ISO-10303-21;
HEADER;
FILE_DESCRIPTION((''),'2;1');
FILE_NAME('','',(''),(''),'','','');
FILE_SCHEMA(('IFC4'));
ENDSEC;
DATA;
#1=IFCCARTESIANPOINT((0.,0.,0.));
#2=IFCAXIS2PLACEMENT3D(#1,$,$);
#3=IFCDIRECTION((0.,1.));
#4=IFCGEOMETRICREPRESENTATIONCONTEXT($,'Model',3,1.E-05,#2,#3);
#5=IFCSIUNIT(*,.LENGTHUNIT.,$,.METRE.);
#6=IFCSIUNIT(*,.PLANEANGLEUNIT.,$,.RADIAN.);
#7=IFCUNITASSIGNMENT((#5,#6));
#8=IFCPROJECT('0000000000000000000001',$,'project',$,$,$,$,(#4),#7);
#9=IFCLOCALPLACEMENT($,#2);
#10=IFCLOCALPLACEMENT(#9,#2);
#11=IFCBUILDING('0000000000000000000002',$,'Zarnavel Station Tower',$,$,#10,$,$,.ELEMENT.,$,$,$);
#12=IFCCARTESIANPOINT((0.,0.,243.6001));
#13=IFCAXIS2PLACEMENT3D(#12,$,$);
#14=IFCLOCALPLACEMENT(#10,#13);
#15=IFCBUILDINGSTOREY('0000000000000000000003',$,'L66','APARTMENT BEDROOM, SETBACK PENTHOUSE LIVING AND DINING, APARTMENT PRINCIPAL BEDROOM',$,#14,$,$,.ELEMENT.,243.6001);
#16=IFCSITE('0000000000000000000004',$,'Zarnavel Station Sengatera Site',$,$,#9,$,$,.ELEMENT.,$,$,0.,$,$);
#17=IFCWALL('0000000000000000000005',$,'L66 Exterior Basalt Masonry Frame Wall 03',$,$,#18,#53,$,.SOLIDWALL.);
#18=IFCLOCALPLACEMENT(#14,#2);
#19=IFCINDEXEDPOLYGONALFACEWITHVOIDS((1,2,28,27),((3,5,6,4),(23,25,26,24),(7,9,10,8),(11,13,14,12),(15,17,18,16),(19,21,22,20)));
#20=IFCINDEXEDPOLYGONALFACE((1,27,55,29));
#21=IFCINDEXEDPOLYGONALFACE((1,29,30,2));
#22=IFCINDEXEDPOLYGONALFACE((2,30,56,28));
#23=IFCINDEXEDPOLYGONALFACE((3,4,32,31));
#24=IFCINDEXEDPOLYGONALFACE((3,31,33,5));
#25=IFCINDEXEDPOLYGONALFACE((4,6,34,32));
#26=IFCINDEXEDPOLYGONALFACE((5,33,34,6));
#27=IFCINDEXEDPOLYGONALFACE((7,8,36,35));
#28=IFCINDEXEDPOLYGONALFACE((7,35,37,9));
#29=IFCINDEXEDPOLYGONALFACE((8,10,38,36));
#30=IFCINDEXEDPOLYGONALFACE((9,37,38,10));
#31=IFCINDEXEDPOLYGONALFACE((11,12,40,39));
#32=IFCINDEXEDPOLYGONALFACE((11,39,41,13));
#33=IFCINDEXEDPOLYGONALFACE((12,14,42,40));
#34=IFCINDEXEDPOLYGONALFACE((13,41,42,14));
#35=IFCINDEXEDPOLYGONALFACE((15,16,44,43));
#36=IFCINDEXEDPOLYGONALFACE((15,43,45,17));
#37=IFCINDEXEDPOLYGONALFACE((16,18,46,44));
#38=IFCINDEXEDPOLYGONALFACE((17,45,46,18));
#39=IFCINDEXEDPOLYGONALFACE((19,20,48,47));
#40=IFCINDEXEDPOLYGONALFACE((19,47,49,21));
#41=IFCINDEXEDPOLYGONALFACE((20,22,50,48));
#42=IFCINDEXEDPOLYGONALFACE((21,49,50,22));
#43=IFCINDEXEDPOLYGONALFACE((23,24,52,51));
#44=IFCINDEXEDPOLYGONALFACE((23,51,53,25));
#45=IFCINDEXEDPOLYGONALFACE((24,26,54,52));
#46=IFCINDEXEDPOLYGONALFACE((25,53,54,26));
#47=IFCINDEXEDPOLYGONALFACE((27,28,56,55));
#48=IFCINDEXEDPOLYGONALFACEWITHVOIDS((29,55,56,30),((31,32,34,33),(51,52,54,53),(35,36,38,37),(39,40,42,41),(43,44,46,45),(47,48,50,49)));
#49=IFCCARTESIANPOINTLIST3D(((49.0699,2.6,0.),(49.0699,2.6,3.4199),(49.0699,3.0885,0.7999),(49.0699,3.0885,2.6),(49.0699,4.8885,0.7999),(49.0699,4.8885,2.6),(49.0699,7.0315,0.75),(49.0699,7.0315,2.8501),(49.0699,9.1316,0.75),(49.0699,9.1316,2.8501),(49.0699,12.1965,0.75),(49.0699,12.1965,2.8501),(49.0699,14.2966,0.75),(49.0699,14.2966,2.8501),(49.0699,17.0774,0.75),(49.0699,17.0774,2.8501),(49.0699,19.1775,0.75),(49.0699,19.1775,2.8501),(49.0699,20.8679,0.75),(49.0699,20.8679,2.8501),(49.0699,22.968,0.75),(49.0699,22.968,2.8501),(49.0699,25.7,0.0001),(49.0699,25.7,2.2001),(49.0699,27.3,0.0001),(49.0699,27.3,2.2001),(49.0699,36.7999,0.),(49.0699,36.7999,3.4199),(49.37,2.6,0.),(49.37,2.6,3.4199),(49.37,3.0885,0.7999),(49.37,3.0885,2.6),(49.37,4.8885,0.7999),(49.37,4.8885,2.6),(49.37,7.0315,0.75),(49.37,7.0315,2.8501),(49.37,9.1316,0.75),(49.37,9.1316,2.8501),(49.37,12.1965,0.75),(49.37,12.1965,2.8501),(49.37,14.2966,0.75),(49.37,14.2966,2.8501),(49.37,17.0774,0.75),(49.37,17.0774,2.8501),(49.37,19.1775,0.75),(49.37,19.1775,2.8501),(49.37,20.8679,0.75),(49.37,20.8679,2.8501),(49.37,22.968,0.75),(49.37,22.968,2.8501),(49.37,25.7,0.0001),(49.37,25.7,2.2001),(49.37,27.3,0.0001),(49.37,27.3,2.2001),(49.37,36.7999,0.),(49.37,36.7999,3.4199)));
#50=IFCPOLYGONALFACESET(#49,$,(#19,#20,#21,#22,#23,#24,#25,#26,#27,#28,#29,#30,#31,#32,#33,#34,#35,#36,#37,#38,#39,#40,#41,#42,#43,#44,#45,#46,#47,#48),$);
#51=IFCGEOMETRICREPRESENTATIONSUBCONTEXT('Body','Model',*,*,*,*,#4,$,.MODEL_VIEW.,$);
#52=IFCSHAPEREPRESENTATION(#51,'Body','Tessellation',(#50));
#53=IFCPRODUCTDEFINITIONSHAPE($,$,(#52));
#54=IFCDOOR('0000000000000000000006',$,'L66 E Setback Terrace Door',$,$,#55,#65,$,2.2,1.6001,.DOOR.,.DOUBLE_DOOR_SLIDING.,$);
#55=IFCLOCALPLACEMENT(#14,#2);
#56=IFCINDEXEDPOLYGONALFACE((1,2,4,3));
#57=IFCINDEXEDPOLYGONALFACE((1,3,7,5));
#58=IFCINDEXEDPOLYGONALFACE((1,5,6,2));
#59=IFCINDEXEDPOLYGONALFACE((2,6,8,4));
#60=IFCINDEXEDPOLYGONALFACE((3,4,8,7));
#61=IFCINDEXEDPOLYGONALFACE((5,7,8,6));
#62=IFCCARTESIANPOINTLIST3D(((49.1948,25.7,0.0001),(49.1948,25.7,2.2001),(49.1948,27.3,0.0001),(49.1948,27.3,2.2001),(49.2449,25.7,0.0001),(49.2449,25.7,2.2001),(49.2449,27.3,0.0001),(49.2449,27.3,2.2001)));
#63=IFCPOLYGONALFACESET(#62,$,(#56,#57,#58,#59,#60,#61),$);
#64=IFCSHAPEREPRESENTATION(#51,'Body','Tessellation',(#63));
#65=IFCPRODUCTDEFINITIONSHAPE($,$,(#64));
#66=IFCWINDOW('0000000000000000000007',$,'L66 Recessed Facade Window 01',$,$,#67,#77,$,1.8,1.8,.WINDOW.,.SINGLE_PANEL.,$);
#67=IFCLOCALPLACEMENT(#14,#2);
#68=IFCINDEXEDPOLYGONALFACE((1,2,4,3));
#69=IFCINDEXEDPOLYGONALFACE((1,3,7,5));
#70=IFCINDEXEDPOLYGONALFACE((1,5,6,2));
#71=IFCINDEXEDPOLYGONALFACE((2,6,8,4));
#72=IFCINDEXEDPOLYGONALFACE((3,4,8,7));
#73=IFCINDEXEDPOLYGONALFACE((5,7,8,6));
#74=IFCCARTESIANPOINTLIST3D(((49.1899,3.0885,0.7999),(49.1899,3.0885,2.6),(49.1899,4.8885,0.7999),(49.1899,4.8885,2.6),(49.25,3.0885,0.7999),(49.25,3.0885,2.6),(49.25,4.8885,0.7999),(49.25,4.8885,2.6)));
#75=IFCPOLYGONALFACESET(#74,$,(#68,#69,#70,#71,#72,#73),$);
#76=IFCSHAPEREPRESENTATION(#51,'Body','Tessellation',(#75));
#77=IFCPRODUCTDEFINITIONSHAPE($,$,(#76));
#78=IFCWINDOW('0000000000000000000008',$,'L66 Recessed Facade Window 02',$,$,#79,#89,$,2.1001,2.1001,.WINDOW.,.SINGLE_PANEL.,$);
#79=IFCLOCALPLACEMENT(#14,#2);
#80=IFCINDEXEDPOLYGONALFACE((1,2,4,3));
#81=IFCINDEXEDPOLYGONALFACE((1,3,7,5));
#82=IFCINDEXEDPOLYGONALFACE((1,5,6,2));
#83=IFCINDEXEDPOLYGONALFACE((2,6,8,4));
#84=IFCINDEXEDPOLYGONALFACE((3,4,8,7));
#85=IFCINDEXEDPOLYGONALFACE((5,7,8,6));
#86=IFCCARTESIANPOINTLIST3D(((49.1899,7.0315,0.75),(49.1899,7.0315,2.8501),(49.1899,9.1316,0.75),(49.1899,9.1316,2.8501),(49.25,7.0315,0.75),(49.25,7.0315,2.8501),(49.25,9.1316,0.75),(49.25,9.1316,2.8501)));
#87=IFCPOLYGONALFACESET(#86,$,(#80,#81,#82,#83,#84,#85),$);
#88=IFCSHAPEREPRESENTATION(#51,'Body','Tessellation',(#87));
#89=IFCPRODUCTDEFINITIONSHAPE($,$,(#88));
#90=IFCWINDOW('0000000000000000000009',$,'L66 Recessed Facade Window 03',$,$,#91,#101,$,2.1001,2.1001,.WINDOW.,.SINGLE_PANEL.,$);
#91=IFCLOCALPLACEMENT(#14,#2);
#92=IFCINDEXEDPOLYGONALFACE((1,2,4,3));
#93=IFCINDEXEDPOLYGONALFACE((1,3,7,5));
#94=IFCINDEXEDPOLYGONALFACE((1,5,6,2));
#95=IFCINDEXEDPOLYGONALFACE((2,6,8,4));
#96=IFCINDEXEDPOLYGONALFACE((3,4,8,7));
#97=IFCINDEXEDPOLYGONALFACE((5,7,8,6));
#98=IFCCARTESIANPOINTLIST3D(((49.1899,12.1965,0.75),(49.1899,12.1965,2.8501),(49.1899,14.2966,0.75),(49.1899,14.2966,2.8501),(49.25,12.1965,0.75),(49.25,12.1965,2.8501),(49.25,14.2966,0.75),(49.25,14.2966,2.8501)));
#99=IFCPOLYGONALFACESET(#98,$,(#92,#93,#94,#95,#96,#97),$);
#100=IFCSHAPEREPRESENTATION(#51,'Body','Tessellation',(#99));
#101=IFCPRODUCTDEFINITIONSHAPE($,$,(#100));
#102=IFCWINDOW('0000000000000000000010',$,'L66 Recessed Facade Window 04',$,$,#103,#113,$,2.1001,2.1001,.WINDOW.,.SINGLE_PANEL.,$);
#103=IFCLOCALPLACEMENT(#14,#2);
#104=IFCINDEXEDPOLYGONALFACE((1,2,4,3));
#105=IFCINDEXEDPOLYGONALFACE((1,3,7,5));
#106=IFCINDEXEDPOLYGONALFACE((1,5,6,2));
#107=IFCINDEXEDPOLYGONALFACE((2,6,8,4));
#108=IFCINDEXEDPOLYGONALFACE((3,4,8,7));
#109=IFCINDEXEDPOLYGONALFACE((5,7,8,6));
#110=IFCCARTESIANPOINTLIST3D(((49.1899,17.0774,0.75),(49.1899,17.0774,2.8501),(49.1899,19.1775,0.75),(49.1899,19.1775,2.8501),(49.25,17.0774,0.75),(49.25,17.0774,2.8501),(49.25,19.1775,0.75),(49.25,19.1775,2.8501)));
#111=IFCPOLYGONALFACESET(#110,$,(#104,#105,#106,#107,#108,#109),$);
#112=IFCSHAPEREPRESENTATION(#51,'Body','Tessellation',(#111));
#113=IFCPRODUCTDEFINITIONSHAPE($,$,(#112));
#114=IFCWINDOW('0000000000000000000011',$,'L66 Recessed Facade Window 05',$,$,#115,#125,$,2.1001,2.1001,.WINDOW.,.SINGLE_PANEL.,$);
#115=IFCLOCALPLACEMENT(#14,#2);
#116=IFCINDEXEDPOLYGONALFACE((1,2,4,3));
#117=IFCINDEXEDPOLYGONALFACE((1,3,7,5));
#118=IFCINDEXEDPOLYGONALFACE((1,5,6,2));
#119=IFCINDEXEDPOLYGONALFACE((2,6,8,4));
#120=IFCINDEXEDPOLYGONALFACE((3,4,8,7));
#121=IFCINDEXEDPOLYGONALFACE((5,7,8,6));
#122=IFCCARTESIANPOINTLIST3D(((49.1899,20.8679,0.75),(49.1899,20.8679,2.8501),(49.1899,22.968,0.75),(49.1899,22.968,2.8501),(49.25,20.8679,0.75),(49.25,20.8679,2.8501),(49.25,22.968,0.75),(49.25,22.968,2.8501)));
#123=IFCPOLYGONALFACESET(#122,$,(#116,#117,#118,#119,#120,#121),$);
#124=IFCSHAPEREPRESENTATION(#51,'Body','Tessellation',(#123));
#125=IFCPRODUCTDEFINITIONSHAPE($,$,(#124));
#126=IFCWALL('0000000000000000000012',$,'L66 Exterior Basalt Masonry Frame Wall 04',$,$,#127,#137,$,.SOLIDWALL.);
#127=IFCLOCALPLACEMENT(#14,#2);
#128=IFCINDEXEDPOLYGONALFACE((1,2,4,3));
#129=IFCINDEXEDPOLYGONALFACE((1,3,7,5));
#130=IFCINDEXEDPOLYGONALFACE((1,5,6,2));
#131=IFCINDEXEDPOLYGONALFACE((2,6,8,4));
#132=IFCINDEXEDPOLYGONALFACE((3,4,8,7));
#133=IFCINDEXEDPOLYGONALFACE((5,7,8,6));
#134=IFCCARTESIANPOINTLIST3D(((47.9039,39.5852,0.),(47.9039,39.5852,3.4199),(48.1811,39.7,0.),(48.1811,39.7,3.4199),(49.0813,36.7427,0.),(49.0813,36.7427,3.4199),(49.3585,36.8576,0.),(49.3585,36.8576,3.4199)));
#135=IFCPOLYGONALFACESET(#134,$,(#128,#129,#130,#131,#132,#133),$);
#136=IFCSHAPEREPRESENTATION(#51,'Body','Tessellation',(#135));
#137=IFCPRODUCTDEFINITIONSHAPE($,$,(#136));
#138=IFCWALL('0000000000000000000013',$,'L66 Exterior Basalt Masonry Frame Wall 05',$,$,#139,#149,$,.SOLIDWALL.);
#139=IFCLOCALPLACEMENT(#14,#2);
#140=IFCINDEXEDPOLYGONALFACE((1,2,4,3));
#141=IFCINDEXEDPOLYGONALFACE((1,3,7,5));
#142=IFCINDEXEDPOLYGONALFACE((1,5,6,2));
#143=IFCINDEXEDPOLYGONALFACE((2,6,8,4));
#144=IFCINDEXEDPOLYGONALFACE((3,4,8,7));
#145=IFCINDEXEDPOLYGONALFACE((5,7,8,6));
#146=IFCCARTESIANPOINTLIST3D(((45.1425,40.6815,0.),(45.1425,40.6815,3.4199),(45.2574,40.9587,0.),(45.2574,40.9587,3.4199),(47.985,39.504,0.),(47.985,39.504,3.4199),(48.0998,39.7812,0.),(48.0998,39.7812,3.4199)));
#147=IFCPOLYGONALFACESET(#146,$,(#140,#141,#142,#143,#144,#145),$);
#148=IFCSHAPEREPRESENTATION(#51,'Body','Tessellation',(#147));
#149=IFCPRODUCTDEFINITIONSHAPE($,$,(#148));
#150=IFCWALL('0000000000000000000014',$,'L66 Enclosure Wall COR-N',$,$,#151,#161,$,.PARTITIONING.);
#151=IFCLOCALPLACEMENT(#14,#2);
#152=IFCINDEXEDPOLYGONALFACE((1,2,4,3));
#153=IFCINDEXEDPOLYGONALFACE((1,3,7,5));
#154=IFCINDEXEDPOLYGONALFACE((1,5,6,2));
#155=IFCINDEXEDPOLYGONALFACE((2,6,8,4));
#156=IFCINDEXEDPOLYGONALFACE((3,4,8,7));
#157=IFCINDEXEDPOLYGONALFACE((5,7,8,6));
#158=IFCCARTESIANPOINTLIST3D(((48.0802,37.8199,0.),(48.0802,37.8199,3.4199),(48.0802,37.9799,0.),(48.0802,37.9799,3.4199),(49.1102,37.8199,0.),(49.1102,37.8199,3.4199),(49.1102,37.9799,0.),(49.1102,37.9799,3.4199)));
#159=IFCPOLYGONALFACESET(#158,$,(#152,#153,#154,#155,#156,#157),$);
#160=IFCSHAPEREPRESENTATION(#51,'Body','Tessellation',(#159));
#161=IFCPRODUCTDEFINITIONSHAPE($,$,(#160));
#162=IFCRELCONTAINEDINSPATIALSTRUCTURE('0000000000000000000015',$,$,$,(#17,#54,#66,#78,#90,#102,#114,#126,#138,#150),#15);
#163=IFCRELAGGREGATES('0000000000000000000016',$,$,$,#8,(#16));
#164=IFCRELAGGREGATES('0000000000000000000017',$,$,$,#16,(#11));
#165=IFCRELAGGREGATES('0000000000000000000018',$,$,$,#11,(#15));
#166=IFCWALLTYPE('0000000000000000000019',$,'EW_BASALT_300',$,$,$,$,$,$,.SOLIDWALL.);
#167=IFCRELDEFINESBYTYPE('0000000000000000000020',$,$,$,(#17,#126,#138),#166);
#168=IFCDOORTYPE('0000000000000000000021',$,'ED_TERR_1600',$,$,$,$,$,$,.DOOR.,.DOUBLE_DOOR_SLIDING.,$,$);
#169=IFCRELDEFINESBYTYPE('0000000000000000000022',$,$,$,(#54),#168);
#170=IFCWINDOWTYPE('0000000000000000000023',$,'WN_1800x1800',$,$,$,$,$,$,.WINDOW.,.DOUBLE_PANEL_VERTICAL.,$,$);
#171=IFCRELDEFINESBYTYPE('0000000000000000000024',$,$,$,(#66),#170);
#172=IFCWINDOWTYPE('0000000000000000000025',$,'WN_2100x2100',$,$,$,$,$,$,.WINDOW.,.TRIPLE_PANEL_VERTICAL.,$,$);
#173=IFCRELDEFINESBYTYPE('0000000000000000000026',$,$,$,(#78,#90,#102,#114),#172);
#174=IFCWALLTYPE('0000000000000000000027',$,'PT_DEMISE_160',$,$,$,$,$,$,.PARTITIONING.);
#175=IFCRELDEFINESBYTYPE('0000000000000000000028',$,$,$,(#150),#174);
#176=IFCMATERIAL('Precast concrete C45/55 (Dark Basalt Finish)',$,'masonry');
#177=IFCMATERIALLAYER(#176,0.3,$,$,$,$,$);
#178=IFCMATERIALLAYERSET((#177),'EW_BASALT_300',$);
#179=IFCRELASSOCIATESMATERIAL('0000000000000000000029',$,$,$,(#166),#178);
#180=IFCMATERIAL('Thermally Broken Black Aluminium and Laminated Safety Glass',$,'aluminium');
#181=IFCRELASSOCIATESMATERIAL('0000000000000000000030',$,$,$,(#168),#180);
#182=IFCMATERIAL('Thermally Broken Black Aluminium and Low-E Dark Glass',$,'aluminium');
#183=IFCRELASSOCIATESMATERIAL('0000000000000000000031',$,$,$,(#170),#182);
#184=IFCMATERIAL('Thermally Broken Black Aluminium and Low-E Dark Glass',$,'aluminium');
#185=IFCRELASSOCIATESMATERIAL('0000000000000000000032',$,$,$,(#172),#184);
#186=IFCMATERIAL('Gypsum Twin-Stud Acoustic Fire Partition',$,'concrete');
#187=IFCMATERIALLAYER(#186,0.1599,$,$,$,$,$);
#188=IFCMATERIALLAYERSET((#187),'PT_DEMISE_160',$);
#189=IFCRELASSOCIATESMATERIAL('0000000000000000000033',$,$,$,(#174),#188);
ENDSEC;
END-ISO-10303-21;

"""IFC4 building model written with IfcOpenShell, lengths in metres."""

from ifc_helpers import new_model, si_unit, direction, frame, frame_2d, origin, place, context, subcontext, project, spatial, rectangle, extrude, material, layer, layer_set, type_object, element, fill, save


model = new_model("IFC4")

# Units and contexts
model_context = context("Model", 3, precision=1e-05, world=origin(), true_north=direction((0.0, 1.0)))
body_context = subcontext(model_context, "Body", "Model", "MODEL_VIEW")
ifc_project = project(units=[si_unit("LENGTHUNIT", "METRE"), si_unit("PLANEANGLEUNIT", "RADIAN")], contexts=[model_context])

# Site, building, storey
site_placement = place(None, origin())
site = spatial("IfcSite", under=ifc_project, at=site_placement, Name="Zarnavel Station Sengatera Site", CompositionType="ELEMENT", RefElevation=0.0)
building_placement = place(site_placement, origin())
building = spatial("IfcBuilding", under=site, at=building_placement, Name="Zarnavel Station Tower", CompositionType="ELEMENT")
storey_placement = place(building_placement, frame((0.0, 0.0, 243.6001)))
storey = spatial("IfcBuildingStorey", under=building, at=storey_placement, Name="L66", Description="APARTMENT BEDROOM, SETBACK PENTHOUSE LIVING AND DINING, APARTMENT PRINCIPAL BEDROOM", CompositionType="ELEMENT", Elevation=243.6001)

# Wall, openings, door, windows
ifc_material_1 = material(Name="Precast concrete C45/55 (Dark Basalt Finish)", Category="masonry")
ifc_layer_1 = layer(ifc_material_1, 0.3)
ifc_layer_set_1 = layer_set([ifc_layer_1], Name="EW_BASALT_300")
wall_type_1 = type_object("IfcWallType", Name="EW_BASALT_300", PredefinedType="SOLIDWALL", material=ifc_layer_set_1)
wall_1_placement = place(storey_placement, frame((49.22, 36.8, 0.0), z_axis=(0.0, 0.0, 1.0), x_axis=(0.0, -1.0, 0.0)))
wall_1 = element("IfcWall", 1, at=wall_1_placement, inside=storey, type_object=wall_type_1, Name="L66 Exterior Basalt Masonry Frame Wall 03", PredefinedType="SOLIDWALL", context=body_context, shape_type="SweptSolid", body=[
    extrude(rectangle(XDim=34.2, YDim=0.3, at=frame_2d((17.1001, 0.0))), origin(), (0.0, 0.0, 1.0), 3.4199),
])
opening_1_placement = place(wall_1_placement, frame((9.5, 0.0, 0.0)))
opening_1 = element("IfcOpeningElement", 2, at=opening_1_placement, cuts=wall_1, PredefinedType="OPENING", context=body_context, shape_type="SweptSolid", body=[
    extrude(rectangle(XDim=1.6001, YDim=2.2, at=frame_2d((0.8, 1.1001))), frame((0.0, 0.1599, 0.0), z_axis=(0.0, -1.0, 0.0), x_axis=(1.0, 0.0, 0.0)), (0.0, 0.0, 1.0), 0.3201),
])
opening_2_placement = place(wall_1_placement, frame((31.9116, 0.0, 0.8)))
opening_2 = element("IfcOpeningElement", 3, at=opening_2_placement, cuts=wall_1, PredefinedType="OPENING", context=body_context, shape_type="SweptSolid", body=[
    extrude(rectangle(XDim=1.8, YDim=1.8, at=frame_2d((0.8999, 0.8999))), frame((0.0, 0.1599, 0.0), z_axis=(0.0, -1.0, 0.0), x_axis=(1.0, 0.0, 0.0)), (0.0, 0.0, 1.0), 0.3201),
])
opening_3_placement = place(wall_1_placement, frame((27.6685, 0.0, 0.75)))
opening_3 = element("IfcOpeningElement", 4, at=opening_3_placement, cuts=wall_1, PredefinedType="OPENING", context=body_context, shape_type="SweptSolid", body=[
    extrude(rectangle(XDim=2.1001, YDim=2.1001, at=frame_2d((1.05, 1.05))), frame((0.0, 0.1599, 0.0), z_axis=(0.0, -1.0, 0.0), x_axis=(1.0, 0.0, 0.0)), (0.0, 0.0, 1.0), 0.3201),
])
opening_4_placement = place(wall_1_placement, frame((22.5034, 0.0, 0.75)))
opening_4 = element("IfcOpeningElement", 5, at=opening_4_placement, cuts=wall_1, PredefinedType="OPENING", context=body_context, shape_type="SweptSolid", body=[
    extrude(rectangle(XDim=2.1001, YDim=2.1001, at=frame_2d((1.05, 1.05))), frame((0.0, 0.1599, 0.0), z_axis=(0.0, -1.0, 0.0), x_axis=(1.0, 0.0, 0.0)), (0.0, 0.0, 1.0), 0.3201),
])
opening_5_placement = place(wall_1_placement, frame((17.6226, 0.0, 0.75)))
opening_5 = element("IfcOpeningElement", 6, at=opening_5_placement, cuts=wall_1, PredefinedType="OPENING", context=body_context, shape_type="SweptSolid", body=[
    extrude(rectangle(XDim=2.1001, YDim=2.1001, at=frame_2d((1.05, 1.05))), frame((0.0, 0.1599, 0.0), z_axis=(0.0, -1.0, 0.0), x_axis=(1.0, 0.0, 0.0)), (0.0, 0.0, 1.0), 0.3201),
])
opening_6_placement = place(wall_1_placement, frame((13.832, 0.0, 0.75)))
opening_6 = element("IfcOpeningElement", 7, at=opening_6_placement, cuts=wall_1, PredefinedType="OPENING", context=body_context, shape_type="SweptSolid", body=[
    extrude(rectangle(XDim=2.1001, YDim=2.1001, at=frame_2d((1.05, 1.05))), frame((0.0, 0.1599, 0.0), z_axis=(0.0, -1.0, 0.0), x_axis=(1.0, 0.0, 0.0)), (0.0, 0.0, 1.0), 0.3201),
])
ifc_material_2 = material(Name="Thermally Broken Black Aluminium and Laminated Safety Glass", Category="aluminium")
door_type_1 = type_object("IfcDoorType", Name="ED_TERR_1600", OperationType="DOUBLE_DOOR_SLIDING", PredefinedType="DOOR", material=ifc_material_2)
door_1_placement = place(opening_1_placement, origin())
door_1 = element("IfcDoor", 8, at=door_1_placement, inside=storey, type_object=door_type_1, Name="L66 E Setback Terrace Door", OperationType="DOUBLE_DOOR_SLIDING", OverallHeight=2.2, OverallWidth=1.6001, PredefinedType="DOOR", context=body_context, shape_type="SweptSolid", body=[
    extrude(rectangle(XDim=1.6001, YDim=2.2, at=frame_2d((0.8, 1.1001))), frame((0.0, 0.0249, 0.0), z_axis=(0.0, -1.0, 0.0), x_axis=(1.0, 0.0, 0.0)), (0.0, 0.0, 1.0), 0.05),
])
fill(opening_1, door_1)
ifc_material_3 = material(Name="Thermally Broken Black Aluminium and Low-E Dark Glass", Category="aluminium")
window_type_1 = type_object("IfcWindowType", Name="WN_1800x1800", PartitioningType="DOUBLE_PANEL_VERTICAL", PredefinedType="WINDOW", material=ifc_material_3)
window_1_placement = place(opening_2_placement, origin())
window_1 = element("IfcWindow", 9, at=window_1_placement, inside=storey, type_object=window_type_1, Name="L66 Recessed Facade Window 01", OverallHeight=1.8, OverallWidth=1.8, PartitioningType="SINGLE_PANEL", PredefinedType="WINDOW", context=body_context, shape_type="SweptSolid", body=[
    extrude(rectangle(XDim=1.8, YDim=1.8, at=frame_2d((0.8999, 0.8999))), frame((0.0, 0.03, 0.0), z_axis=(0.0, -1.0, 0.0), x_axis=(1.0, 0.0, 0.0)), (0.0, 0.0, 1.0), 0.0601),
])
fill(opening_2, window_1)
ifc_material_4 = material(Name="Thermally Broken Black Aluminium and Low-E Dark Glass", Category="aluminium")
window_type_2 = type_object("IfcWindowType", Name="WN_2100x2100", PartitioningType="TRIPLE_PANEL_VERTICAL", PredefinedType="WINDOW", material=ifc_material_4)
window_2_placement = place(opening_3_placement, origin())
window_2 = element("IfcWindow", 10, at=window_2_placement, inside=storey, type_object=window_type_2, Name="L66 Recessed Facade Window 02", OverallHeight=2.1001, OverallWidth=2.1001, PartitioningType="SINGLE_PANEL", PredefinedType="WINDOW", context=body_context, shape_type="SweptSolid", body=[
    extrude(rectangle(XDim=2.1001, YDim=2.1001, at=frame_2d((1.05, 1.05))), frame((0.0, 0.03, 0.0), z_axis=(0.0, -1.0, 0.0), x_axis=(1.0, 0.0, 0.0)), (0.0, 0.0, 1.0), 0.0601),
])
fill(opening_3, window_2)
window_3_placement = place(opening_4_placement, origin())
window_3 = element("IfcWindow", 11, at=window_3_placement, inside=storey, type_object=window_type_2, Name="L66 Recessed Facade Window 03", OverallHeight=2.1001, OverallWidth=2.1001, PartitioningType="SINGLE_PANEL", PredefinedType="WINDOW", context=body_context, shape_type="SweptSolid", body=[
    extrude(rectangle(XDim=2.1001, YDim=2.1001, at=frame_2d((1.05, 1.05))), frame((0.0, 0.03, 0.0), z_axis=(0.0, -1.0, 0.0), x_axis=(1.0, 0.0, 0.0)), (0.0, 0.0, 1.0), 0.0601),
])
fill(opening_4, window_3)
window_4_placement = place(opening_5_placement, origin())
window_4 = element("IfcWindow", 12, at=window_4_placement, inside=storey, type_object=window_type_2, Name="L66 Recessed Facade Window 04", OverallHeight=2.1001, OverallWidth=2.1001, PartitioningType="SINGLE_PANEL", PredefinedType="WINDOW", context=body_context, shape_type="SweptSolid", body=[
    extrude(rectangle(XDim=2.1001, YDim=2.1001, at=frame_2d((1.05, 1.05))), frame((0.0, 0.03, 0.0), z_axis=(0.0, -1.0, 0.0), x_axis=(1.0, 0.0, 0.0)), (0.0, 0.0, 1.0), 0.0601),
])
fill(opening_5, window_4)
window_5_placement = place(opening_6_placement, origin())
window_5 = element("IfcWindow", 13, at=window_5_placement, inside=storey, type_object=window_type_2, Name="L66 Recessed Facade Window 05", OverallHeight=2.1001, OverallWidth=2.1001, PartitioningType="SINGLE_PANEL", PredefinedType="WINDOW", context=body_context, shape_type="SweptSolid", body=[
    extrude(rectangle(XDim=2.1001, YDim=2.1001, at=frame_2d((1.05, 1.05))), frame((0.0, 0.03, 0.0), z_axis=(0.0, -1.0, 0.0), x_axis=(1.0, 0.0, 0.0)), (0.0, 0.0, 1.0), 0.0601),
])
fill(opening_6, window_5)

# Walls
for number, where, z_axis, x_axis, name in (
    (14, (48.0425, 39.6426, 0.0), (0.0, 0.0, 1.0), (0.382705, -0.923871, 0.0), "L66 Exterior Basalt Masonry Frame Wall 04"),
    (15, (45.2, 40.8201, 0.0), (0.0, 0.0, 1.0), (0.923871, -0.382705, 0.0), "L66 Exterior Basalt Masonry Frame Wall 05"),
):
    element("IfcWall", number, at=place(storey_placement, frame(where, z_axis=z_axis, x_axis=x_axis)), inside=storey, type_object=wall_type_1, Name=name, PredefinedType="SOLIDWALL", context=body_context, shape_type="SweptSolid", body=[
        extrude(rectangle(XDim=3.0767, YDim=0.3, at=frame_2d((1.5383, 0.0))), origin(), (0.0, 0.0, 1.0), 3.4199),
    ])
ifc_material_5 = material(Name="Gypsum Twin-Stud Acoustic Fire Partition", Category="concrete")
ifc_layer_2 = layer(ifc_material_5, 0.1599)
ifc_layer_set_2 = layer_set([ifc_layer_2], Name="PT_DEMISE_160")
wall_type_2 = type_object("IfcWallType", Name="PT_DEMISE_160", PredefinedType="PARTITIONING", material=ifc_layer_set_2)
wall_2_placement = place(storey_placement, frame((48.0801, 37.8999, 0.0), z_axis=(0.0, 0.0, 1.0), x_axis=(1.0, 0.0, 0.0)))
element("IfcWall", 16, at=wall_2_placement, inside=storey, type_object=wall_type_2, Name="L66 Enclosure Wall COR-N", PredefinedType="PARTITIONING", context=body_context, shape_type="SweptSolid", body=[
    extrude(rectangle(XDim=1.03, YDim=0.1599, at=frame_2d((0.5151, 0.0))), origin(), (0.0, 0.0, 1.0), 3.4199),
])

save(model, "model.ifc")
